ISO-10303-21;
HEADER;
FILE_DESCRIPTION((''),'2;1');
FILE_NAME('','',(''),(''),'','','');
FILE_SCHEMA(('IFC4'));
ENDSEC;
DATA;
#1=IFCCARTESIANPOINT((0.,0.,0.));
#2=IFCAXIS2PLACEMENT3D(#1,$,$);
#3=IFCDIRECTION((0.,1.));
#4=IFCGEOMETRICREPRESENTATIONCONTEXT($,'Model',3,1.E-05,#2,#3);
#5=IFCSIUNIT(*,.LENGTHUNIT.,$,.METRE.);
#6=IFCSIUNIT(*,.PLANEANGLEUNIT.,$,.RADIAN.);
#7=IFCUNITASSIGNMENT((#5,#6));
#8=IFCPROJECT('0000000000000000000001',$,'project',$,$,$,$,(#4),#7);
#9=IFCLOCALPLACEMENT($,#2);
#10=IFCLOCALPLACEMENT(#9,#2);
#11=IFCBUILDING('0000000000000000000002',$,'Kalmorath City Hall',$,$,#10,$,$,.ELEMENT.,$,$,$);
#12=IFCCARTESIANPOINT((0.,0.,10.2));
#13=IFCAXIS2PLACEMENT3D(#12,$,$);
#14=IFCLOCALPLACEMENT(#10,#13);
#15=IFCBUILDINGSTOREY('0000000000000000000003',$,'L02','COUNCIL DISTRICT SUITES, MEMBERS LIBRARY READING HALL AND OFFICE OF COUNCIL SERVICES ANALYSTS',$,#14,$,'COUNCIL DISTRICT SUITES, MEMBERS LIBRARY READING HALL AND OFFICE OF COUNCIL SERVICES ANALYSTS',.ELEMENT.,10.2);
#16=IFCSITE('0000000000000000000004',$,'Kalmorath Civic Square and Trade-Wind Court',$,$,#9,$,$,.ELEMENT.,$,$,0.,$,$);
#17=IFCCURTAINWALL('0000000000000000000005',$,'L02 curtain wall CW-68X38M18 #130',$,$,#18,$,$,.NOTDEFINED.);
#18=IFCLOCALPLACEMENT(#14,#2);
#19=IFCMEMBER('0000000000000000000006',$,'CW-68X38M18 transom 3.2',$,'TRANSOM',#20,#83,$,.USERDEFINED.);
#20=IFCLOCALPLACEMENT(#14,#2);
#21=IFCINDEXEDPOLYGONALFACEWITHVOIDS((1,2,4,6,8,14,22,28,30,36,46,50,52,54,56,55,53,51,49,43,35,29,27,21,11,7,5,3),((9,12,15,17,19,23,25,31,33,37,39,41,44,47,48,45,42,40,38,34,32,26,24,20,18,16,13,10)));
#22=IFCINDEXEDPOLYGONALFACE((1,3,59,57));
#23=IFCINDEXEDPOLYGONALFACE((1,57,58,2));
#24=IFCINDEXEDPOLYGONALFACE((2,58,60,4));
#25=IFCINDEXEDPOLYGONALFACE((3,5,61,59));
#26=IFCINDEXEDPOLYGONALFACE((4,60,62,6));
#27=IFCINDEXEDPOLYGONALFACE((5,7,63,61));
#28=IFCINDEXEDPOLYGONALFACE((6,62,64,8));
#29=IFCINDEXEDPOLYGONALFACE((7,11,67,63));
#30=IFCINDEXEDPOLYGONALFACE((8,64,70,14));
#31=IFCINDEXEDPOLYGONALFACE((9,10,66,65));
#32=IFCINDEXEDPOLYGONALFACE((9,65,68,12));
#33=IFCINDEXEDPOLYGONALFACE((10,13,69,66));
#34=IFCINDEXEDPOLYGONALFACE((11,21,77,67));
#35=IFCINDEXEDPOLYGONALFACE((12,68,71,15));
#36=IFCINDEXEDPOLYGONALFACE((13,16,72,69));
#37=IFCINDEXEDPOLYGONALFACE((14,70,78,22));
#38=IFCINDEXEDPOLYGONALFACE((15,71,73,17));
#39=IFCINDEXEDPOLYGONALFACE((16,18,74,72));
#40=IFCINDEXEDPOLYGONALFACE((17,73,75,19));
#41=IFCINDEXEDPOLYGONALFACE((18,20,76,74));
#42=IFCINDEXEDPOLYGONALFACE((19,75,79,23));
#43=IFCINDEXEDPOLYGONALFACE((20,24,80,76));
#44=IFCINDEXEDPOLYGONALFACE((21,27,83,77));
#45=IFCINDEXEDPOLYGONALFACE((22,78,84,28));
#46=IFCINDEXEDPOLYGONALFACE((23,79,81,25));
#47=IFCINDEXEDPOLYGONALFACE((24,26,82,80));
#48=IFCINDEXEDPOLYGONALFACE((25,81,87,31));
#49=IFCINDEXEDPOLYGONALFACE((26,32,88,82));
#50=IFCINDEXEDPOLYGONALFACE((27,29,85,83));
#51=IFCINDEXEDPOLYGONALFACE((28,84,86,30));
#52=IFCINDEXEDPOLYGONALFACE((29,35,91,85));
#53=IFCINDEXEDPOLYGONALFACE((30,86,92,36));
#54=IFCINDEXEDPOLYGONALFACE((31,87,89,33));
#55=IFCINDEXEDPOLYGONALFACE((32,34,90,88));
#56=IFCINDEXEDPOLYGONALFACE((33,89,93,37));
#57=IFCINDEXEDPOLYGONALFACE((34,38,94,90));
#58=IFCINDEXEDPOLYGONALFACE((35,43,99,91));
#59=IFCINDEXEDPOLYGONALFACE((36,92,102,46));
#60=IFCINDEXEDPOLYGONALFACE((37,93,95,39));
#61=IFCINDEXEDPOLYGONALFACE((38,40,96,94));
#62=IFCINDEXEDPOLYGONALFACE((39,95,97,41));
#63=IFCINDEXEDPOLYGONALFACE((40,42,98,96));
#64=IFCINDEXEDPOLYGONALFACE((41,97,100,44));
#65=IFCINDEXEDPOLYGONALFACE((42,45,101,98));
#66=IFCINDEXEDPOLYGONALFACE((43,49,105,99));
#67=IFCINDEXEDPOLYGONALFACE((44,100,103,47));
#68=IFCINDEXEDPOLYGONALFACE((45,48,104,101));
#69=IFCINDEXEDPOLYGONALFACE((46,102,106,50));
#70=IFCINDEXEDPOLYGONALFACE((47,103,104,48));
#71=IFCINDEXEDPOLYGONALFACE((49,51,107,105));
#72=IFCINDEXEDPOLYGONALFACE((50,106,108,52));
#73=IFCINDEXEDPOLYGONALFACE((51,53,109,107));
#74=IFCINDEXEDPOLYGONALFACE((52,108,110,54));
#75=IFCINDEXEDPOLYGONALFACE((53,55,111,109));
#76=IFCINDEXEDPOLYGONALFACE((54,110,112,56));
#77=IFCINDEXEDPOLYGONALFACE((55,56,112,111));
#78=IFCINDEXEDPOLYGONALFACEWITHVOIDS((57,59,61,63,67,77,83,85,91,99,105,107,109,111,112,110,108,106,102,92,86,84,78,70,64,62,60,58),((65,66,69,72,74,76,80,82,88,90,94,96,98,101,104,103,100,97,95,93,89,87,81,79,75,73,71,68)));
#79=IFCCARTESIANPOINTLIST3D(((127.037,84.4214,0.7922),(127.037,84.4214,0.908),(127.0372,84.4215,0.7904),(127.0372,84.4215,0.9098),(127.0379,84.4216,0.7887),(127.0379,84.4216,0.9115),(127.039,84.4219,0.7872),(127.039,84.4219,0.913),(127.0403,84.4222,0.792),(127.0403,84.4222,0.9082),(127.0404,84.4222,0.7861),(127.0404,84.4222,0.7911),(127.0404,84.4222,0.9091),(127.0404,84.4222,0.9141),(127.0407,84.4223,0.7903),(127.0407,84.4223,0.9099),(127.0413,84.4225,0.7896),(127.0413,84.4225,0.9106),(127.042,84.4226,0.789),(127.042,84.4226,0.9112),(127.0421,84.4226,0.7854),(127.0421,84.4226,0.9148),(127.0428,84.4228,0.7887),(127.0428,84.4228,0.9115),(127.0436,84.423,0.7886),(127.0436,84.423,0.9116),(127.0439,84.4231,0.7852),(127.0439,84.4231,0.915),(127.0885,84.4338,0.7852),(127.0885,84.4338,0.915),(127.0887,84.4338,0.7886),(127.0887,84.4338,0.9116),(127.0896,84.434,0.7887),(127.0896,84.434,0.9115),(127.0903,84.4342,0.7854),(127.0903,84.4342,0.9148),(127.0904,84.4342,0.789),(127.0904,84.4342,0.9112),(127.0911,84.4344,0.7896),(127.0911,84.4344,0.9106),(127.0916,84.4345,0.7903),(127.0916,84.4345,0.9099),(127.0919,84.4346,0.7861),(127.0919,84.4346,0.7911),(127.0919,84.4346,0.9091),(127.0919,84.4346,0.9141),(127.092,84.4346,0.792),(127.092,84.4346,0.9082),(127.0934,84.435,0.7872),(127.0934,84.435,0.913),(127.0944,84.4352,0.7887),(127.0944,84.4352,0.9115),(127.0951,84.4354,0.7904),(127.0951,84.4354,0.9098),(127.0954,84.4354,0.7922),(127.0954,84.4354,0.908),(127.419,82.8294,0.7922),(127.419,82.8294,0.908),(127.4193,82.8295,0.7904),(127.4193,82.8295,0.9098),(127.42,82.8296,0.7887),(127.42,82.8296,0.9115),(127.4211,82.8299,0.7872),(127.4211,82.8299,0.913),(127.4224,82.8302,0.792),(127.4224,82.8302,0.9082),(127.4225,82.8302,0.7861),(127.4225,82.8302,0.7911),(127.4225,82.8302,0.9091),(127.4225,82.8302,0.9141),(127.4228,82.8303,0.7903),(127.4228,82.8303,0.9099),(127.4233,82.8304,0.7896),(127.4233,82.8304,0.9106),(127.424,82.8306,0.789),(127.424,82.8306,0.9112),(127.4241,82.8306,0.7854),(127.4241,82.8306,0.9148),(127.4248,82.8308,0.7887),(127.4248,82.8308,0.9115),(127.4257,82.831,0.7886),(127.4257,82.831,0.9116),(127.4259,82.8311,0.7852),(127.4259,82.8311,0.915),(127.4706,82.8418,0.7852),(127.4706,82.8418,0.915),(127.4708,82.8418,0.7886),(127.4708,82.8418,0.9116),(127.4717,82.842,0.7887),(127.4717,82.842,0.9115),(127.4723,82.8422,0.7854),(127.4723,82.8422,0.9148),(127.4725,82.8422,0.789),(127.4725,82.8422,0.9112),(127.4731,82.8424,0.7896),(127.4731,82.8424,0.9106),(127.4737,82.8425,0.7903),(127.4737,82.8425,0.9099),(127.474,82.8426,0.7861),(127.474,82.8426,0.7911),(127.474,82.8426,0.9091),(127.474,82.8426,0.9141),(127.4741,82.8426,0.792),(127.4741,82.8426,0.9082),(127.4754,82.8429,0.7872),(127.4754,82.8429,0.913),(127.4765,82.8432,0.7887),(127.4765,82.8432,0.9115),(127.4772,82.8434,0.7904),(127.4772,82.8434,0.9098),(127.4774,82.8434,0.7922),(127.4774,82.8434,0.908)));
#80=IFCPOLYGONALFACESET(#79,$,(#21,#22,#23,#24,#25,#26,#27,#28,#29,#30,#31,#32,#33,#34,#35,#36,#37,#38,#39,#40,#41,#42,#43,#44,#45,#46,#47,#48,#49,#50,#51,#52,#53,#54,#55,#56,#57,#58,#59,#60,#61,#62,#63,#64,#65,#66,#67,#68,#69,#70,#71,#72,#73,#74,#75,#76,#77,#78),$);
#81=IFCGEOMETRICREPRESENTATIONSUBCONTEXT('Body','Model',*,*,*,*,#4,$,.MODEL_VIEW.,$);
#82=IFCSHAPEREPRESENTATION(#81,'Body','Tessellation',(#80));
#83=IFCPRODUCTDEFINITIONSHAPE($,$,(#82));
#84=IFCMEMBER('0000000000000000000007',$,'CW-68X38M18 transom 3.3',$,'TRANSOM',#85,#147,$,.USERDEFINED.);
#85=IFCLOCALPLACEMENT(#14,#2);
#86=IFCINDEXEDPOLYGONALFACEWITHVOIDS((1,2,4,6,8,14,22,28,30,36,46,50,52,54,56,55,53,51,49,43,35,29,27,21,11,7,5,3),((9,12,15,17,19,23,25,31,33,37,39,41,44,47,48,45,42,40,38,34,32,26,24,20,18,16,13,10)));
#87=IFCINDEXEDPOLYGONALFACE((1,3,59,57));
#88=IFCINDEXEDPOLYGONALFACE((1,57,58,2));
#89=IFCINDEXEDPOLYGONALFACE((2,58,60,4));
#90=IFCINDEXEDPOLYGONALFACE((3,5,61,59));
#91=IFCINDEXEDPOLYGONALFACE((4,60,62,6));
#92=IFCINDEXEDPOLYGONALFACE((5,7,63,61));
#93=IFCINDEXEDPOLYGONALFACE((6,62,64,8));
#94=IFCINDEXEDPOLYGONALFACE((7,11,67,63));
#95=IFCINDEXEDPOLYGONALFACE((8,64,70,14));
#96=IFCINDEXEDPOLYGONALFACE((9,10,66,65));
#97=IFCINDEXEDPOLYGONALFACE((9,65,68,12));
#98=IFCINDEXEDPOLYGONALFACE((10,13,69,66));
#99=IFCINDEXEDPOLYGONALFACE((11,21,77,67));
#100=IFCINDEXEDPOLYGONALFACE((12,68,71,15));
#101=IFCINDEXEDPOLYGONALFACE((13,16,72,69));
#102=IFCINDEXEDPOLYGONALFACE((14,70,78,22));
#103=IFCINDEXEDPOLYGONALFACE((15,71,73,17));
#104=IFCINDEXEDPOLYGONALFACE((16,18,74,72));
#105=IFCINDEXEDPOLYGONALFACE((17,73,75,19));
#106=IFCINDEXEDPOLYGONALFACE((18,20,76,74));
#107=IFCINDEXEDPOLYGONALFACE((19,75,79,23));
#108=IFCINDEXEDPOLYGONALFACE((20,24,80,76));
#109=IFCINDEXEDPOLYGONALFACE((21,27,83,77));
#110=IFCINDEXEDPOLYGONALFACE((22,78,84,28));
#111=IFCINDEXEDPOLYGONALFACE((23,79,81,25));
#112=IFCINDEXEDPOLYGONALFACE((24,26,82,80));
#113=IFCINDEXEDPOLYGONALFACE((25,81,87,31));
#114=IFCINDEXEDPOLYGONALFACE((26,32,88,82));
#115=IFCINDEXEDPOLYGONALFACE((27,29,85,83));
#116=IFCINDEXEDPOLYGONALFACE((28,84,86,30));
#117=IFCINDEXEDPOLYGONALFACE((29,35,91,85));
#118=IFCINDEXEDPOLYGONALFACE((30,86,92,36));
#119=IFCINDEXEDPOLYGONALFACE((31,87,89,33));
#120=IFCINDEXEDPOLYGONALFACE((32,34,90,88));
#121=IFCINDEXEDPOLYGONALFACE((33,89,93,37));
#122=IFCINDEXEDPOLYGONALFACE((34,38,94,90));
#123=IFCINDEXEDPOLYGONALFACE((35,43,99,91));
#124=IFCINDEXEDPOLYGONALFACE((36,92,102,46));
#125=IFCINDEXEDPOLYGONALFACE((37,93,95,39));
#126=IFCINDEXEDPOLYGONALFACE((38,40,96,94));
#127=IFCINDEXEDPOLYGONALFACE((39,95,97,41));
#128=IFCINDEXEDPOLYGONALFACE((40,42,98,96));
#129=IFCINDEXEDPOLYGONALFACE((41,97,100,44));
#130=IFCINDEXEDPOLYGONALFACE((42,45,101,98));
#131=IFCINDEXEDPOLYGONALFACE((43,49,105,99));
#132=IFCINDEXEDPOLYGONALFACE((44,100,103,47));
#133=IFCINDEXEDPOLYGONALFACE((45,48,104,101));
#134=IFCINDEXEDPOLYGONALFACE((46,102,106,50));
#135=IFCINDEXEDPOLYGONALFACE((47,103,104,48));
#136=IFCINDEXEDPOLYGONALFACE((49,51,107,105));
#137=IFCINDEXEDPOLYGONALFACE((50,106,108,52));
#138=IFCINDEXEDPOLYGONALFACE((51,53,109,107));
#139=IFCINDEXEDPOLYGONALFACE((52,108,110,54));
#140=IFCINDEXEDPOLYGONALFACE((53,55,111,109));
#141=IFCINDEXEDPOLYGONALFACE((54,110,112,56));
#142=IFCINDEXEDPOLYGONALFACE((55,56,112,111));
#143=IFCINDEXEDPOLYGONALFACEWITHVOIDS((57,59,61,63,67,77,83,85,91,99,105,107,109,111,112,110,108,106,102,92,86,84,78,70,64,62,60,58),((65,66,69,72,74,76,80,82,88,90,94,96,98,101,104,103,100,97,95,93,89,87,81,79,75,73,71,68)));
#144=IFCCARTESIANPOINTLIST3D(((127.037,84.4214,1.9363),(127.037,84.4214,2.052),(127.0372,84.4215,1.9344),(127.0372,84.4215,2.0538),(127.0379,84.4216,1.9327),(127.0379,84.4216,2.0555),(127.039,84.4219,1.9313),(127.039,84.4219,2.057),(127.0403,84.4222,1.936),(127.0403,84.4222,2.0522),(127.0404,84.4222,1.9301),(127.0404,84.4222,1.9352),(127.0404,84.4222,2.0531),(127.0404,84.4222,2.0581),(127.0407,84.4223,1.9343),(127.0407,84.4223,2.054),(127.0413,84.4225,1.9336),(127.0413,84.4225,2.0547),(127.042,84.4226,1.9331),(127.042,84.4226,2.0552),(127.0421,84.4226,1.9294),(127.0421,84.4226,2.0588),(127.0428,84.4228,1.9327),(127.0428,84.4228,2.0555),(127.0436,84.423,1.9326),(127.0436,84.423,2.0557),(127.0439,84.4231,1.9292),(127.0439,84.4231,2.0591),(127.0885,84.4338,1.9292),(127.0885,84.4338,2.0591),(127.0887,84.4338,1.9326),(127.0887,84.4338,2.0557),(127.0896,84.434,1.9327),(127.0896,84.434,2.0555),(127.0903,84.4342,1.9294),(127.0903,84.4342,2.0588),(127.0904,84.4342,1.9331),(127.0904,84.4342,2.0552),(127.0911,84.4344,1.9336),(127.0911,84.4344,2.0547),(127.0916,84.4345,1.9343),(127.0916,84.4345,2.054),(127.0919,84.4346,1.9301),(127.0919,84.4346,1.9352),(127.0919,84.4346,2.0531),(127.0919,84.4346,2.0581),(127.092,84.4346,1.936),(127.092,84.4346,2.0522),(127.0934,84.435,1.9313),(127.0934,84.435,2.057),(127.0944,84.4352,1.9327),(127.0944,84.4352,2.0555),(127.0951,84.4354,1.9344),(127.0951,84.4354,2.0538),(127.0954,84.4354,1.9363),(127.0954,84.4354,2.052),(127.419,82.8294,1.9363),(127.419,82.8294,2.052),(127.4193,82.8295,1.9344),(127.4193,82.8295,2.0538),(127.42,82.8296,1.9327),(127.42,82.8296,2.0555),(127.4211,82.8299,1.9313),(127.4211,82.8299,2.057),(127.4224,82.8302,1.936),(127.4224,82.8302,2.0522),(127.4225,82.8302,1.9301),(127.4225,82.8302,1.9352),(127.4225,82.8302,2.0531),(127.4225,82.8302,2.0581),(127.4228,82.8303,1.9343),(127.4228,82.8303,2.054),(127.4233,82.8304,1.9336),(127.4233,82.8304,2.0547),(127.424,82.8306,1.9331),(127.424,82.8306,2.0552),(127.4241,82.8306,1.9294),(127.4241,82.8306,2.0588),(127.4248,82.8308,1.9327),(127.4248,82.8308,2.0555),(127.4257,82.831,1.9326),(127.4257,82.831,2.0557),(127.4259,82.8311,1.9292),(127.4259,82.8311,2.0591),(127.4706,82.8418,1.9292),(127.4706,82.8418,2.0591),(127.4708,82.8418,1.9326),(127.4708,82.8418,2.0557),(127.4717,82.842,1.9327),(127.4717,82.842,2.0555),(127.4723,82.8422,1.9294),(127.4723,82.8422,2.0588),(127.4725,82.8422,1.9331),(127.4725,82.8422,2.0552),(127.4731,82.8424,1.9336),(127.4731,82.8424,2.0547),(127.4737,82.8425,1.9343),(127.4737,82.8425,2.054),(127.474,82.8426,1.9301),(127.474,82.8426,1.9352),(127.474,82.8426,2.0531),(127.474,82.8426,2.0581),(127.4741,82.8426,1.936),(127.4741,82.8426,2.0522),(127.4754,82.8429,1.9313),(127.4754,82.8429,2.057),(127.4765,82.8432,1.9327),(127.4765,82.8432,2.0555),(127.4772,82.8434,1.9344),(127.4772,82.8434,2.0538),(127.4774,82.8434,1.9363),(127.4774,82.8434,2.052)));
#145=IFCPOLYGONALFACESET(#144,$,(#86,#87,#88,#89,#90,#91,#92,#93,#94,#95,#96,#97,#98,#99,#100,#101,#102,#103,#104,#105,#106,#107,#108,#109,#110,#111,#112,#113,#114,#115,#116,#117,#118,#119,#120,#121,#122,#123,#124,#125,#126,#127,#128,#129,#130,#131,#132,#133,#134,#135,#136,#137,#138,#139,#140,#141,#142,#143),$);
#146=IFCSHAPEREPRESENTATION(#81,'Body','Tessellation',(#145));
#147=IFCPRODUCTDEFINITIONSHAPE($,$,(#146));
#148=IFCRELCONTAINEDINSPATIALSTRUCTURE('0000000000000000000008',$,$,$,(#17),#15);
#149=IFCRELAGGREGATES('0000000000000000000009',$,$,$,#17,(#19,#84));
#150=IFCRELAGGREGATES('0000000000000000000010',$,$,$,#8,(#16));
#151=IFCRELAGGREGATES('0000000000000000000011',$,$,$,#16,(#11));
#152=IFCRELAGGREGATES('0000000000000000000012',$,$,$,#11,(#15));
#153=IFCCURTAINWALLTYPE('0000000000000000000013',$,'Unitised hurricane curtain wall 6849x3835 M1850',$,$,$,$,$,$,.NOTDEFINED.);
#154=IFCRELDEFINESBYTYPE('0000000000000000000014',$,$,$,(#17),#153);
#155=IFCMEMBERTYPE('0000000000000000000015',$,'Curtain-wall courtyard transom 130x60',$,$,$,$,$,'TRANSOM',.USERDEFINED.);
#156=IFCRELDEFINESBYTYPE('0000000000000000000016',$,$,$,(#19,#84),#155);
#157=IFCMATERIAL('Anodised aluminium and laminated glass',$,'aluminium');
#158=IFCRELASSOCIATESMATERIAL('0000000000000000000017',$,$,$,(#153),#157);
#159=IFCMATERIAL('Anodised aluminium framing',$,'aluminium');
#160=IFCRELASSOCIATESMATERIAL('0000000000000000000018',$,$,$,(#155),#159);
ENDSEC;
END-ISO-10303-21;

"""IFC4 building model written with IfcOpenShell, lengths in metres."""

from ifc_helpers import new_model, si_unit, direction, frame, origin, origin_2d, place, context, subcontext, project, spatial, hollow_rectangle, extrude, material, material_profile, profile_set, type_object, element, aggregate, save


model = new_model("IFC4")

# Units and contexts
model_context = context("Model", 3, precision=1e-05, world=origin(), true_north=direction((0.0, 1.0)))
body_context = subcontext(model_context, "Body", "Model", "MODEL_VIEW")
ifc_project = project(units=[si_unit("LENGTHUNIT", "METRE"), si_unit("PLANEANGLEUNIT", "RADIAN")], contexts=[model_context])

# Site, building, storey
site_placement = place(None, origin())
site = spatial("IfcSite", under=ifc_project, at=site_placement, Name="Kalmorath Civic Square and Trade-Wind Court", CompositionType="ELEMENT", RefElevation=0.0)
building_placement = place(site_placement, origin())
building = spatial("IfcBuilding", under=site, at=building_placement, Name="Kalmorath City Hall", CompositionType="ELEMENT")
storey_placement = place(building_placement, frame((0.0, 0.0, 10.2)))
storey = spatial("IfcBuildingStorey", under=building, at=storey_placement, Name="L02", Description="COUNCIL DISTRICT SUITES, MEMBERS LIBRARY READING HALL AND OFFICE OF COUNCIL SERVICES ANALYSTS", LongName="COUNCIL DISTRICT SUITES, MEMBERS LIBRARY READING HALL AND OFFICE OF COUNCIL SERVICES ANALYSTS", CompositionType="ELEMENT", Elevation=10.2)

# Curtain wall, members
ifc_material_1 = material(Name="Anodised aluminium and laminated glass", Category="aluminium")
curtain_wall_type_1 = type_object("IfcCurtainWallType", Name="Unitised hurricane curtain wall 6849x3835 M1850", PredefinedType="NOTDEFINED", material=ifc_material_1)
curtain_wall_1_placement = place(storey_placement, origin())
curtain_wall_1 = element("IfcCurtainWall", 1, at=curtain_wall_1_placement, inside=storey, type_object=curtain_wall_type_1, Name="L02 curtain wall CW-68X38M18 #130", PredefinedType="NOTDEFINED")
ifc_material_2 = material(Name="Anodised aluminium framing", Category="aluminium")
ifc_material_profile_1 = material_profile(ifc_material_2, hollow_rectangle(XDim=0.0601, YDim=0.1299, WallThickness=0.0034, InnerFilletRadius=0.0034, OuterFilletRadius=0.0071, at=origin_2d()), Name="ALU-TRN-130X60X3.5")
ifc_profile_set_1 = profile_set([ifc_material_profile_1], Name="Anodised aluminium framing")
member_type_1 = type_object("IfcMemberType", Name="Curtain-wall courtyard transom 130x60", ElementType="TRANSOM", PredefinedType="USERDEFINED", material=ifc_profile_set_1)
member_1_placement = place(storey_placement, frame((127.4482, 82.8364, 0.8501), z_axis=(-0.233367, 0.972389, 0.0), x_axis=(-0.972389, -0.233367, 0.0)))
member_1 = element("IfcMember", 2, at=member_1_placement, type_object=member_type_1, Name="CW-68X38M18 transom 3.2", ObjectType="TRANSOM", PredefinedType="USERDEFINED", context=body_context, shape_type="SweptSolid", body=[
    extrude(hollow_rectangle(XDim=0.0601, YDim=0.1299, WallThickness=0.0034, InnerFilletRadius=0.0034, OuterFilletRadius=0.0071, at=origin_2d()), origin(), (0.0, 0.0, 1.0), 1.6372),
])
member_2_placement = place(storey_placement, frame((127.4482, 82.8364, 1.9941), z_axis=(-0.233367, 0.972389, 0.0), x_axis=(-0.972389, -0.233367, 0.0)))
member_2 = element("IfcMember", 3, at=member_2_placement, type_object=member_type_1, Name="CW-68X38M18 transom 3.3", ObjectType="TRANSOM", PredefinedType="USERDEFINED", context=body_context, shape_type="SweptSolid", body=[
    extrude(hollow_rectangle(XDim=0.0601, YDim=0.1299, WallThickness=0.0034, InnerFilletRadius=0.0034, OuterFilletRadius=0.0071, at=origin_2d()), origin(), (0.0, 0.0, 1.0), 1.6372),
])

aggregate(curtain_wall_1, [member_1, member_2])

save(model, "model.ifc")
